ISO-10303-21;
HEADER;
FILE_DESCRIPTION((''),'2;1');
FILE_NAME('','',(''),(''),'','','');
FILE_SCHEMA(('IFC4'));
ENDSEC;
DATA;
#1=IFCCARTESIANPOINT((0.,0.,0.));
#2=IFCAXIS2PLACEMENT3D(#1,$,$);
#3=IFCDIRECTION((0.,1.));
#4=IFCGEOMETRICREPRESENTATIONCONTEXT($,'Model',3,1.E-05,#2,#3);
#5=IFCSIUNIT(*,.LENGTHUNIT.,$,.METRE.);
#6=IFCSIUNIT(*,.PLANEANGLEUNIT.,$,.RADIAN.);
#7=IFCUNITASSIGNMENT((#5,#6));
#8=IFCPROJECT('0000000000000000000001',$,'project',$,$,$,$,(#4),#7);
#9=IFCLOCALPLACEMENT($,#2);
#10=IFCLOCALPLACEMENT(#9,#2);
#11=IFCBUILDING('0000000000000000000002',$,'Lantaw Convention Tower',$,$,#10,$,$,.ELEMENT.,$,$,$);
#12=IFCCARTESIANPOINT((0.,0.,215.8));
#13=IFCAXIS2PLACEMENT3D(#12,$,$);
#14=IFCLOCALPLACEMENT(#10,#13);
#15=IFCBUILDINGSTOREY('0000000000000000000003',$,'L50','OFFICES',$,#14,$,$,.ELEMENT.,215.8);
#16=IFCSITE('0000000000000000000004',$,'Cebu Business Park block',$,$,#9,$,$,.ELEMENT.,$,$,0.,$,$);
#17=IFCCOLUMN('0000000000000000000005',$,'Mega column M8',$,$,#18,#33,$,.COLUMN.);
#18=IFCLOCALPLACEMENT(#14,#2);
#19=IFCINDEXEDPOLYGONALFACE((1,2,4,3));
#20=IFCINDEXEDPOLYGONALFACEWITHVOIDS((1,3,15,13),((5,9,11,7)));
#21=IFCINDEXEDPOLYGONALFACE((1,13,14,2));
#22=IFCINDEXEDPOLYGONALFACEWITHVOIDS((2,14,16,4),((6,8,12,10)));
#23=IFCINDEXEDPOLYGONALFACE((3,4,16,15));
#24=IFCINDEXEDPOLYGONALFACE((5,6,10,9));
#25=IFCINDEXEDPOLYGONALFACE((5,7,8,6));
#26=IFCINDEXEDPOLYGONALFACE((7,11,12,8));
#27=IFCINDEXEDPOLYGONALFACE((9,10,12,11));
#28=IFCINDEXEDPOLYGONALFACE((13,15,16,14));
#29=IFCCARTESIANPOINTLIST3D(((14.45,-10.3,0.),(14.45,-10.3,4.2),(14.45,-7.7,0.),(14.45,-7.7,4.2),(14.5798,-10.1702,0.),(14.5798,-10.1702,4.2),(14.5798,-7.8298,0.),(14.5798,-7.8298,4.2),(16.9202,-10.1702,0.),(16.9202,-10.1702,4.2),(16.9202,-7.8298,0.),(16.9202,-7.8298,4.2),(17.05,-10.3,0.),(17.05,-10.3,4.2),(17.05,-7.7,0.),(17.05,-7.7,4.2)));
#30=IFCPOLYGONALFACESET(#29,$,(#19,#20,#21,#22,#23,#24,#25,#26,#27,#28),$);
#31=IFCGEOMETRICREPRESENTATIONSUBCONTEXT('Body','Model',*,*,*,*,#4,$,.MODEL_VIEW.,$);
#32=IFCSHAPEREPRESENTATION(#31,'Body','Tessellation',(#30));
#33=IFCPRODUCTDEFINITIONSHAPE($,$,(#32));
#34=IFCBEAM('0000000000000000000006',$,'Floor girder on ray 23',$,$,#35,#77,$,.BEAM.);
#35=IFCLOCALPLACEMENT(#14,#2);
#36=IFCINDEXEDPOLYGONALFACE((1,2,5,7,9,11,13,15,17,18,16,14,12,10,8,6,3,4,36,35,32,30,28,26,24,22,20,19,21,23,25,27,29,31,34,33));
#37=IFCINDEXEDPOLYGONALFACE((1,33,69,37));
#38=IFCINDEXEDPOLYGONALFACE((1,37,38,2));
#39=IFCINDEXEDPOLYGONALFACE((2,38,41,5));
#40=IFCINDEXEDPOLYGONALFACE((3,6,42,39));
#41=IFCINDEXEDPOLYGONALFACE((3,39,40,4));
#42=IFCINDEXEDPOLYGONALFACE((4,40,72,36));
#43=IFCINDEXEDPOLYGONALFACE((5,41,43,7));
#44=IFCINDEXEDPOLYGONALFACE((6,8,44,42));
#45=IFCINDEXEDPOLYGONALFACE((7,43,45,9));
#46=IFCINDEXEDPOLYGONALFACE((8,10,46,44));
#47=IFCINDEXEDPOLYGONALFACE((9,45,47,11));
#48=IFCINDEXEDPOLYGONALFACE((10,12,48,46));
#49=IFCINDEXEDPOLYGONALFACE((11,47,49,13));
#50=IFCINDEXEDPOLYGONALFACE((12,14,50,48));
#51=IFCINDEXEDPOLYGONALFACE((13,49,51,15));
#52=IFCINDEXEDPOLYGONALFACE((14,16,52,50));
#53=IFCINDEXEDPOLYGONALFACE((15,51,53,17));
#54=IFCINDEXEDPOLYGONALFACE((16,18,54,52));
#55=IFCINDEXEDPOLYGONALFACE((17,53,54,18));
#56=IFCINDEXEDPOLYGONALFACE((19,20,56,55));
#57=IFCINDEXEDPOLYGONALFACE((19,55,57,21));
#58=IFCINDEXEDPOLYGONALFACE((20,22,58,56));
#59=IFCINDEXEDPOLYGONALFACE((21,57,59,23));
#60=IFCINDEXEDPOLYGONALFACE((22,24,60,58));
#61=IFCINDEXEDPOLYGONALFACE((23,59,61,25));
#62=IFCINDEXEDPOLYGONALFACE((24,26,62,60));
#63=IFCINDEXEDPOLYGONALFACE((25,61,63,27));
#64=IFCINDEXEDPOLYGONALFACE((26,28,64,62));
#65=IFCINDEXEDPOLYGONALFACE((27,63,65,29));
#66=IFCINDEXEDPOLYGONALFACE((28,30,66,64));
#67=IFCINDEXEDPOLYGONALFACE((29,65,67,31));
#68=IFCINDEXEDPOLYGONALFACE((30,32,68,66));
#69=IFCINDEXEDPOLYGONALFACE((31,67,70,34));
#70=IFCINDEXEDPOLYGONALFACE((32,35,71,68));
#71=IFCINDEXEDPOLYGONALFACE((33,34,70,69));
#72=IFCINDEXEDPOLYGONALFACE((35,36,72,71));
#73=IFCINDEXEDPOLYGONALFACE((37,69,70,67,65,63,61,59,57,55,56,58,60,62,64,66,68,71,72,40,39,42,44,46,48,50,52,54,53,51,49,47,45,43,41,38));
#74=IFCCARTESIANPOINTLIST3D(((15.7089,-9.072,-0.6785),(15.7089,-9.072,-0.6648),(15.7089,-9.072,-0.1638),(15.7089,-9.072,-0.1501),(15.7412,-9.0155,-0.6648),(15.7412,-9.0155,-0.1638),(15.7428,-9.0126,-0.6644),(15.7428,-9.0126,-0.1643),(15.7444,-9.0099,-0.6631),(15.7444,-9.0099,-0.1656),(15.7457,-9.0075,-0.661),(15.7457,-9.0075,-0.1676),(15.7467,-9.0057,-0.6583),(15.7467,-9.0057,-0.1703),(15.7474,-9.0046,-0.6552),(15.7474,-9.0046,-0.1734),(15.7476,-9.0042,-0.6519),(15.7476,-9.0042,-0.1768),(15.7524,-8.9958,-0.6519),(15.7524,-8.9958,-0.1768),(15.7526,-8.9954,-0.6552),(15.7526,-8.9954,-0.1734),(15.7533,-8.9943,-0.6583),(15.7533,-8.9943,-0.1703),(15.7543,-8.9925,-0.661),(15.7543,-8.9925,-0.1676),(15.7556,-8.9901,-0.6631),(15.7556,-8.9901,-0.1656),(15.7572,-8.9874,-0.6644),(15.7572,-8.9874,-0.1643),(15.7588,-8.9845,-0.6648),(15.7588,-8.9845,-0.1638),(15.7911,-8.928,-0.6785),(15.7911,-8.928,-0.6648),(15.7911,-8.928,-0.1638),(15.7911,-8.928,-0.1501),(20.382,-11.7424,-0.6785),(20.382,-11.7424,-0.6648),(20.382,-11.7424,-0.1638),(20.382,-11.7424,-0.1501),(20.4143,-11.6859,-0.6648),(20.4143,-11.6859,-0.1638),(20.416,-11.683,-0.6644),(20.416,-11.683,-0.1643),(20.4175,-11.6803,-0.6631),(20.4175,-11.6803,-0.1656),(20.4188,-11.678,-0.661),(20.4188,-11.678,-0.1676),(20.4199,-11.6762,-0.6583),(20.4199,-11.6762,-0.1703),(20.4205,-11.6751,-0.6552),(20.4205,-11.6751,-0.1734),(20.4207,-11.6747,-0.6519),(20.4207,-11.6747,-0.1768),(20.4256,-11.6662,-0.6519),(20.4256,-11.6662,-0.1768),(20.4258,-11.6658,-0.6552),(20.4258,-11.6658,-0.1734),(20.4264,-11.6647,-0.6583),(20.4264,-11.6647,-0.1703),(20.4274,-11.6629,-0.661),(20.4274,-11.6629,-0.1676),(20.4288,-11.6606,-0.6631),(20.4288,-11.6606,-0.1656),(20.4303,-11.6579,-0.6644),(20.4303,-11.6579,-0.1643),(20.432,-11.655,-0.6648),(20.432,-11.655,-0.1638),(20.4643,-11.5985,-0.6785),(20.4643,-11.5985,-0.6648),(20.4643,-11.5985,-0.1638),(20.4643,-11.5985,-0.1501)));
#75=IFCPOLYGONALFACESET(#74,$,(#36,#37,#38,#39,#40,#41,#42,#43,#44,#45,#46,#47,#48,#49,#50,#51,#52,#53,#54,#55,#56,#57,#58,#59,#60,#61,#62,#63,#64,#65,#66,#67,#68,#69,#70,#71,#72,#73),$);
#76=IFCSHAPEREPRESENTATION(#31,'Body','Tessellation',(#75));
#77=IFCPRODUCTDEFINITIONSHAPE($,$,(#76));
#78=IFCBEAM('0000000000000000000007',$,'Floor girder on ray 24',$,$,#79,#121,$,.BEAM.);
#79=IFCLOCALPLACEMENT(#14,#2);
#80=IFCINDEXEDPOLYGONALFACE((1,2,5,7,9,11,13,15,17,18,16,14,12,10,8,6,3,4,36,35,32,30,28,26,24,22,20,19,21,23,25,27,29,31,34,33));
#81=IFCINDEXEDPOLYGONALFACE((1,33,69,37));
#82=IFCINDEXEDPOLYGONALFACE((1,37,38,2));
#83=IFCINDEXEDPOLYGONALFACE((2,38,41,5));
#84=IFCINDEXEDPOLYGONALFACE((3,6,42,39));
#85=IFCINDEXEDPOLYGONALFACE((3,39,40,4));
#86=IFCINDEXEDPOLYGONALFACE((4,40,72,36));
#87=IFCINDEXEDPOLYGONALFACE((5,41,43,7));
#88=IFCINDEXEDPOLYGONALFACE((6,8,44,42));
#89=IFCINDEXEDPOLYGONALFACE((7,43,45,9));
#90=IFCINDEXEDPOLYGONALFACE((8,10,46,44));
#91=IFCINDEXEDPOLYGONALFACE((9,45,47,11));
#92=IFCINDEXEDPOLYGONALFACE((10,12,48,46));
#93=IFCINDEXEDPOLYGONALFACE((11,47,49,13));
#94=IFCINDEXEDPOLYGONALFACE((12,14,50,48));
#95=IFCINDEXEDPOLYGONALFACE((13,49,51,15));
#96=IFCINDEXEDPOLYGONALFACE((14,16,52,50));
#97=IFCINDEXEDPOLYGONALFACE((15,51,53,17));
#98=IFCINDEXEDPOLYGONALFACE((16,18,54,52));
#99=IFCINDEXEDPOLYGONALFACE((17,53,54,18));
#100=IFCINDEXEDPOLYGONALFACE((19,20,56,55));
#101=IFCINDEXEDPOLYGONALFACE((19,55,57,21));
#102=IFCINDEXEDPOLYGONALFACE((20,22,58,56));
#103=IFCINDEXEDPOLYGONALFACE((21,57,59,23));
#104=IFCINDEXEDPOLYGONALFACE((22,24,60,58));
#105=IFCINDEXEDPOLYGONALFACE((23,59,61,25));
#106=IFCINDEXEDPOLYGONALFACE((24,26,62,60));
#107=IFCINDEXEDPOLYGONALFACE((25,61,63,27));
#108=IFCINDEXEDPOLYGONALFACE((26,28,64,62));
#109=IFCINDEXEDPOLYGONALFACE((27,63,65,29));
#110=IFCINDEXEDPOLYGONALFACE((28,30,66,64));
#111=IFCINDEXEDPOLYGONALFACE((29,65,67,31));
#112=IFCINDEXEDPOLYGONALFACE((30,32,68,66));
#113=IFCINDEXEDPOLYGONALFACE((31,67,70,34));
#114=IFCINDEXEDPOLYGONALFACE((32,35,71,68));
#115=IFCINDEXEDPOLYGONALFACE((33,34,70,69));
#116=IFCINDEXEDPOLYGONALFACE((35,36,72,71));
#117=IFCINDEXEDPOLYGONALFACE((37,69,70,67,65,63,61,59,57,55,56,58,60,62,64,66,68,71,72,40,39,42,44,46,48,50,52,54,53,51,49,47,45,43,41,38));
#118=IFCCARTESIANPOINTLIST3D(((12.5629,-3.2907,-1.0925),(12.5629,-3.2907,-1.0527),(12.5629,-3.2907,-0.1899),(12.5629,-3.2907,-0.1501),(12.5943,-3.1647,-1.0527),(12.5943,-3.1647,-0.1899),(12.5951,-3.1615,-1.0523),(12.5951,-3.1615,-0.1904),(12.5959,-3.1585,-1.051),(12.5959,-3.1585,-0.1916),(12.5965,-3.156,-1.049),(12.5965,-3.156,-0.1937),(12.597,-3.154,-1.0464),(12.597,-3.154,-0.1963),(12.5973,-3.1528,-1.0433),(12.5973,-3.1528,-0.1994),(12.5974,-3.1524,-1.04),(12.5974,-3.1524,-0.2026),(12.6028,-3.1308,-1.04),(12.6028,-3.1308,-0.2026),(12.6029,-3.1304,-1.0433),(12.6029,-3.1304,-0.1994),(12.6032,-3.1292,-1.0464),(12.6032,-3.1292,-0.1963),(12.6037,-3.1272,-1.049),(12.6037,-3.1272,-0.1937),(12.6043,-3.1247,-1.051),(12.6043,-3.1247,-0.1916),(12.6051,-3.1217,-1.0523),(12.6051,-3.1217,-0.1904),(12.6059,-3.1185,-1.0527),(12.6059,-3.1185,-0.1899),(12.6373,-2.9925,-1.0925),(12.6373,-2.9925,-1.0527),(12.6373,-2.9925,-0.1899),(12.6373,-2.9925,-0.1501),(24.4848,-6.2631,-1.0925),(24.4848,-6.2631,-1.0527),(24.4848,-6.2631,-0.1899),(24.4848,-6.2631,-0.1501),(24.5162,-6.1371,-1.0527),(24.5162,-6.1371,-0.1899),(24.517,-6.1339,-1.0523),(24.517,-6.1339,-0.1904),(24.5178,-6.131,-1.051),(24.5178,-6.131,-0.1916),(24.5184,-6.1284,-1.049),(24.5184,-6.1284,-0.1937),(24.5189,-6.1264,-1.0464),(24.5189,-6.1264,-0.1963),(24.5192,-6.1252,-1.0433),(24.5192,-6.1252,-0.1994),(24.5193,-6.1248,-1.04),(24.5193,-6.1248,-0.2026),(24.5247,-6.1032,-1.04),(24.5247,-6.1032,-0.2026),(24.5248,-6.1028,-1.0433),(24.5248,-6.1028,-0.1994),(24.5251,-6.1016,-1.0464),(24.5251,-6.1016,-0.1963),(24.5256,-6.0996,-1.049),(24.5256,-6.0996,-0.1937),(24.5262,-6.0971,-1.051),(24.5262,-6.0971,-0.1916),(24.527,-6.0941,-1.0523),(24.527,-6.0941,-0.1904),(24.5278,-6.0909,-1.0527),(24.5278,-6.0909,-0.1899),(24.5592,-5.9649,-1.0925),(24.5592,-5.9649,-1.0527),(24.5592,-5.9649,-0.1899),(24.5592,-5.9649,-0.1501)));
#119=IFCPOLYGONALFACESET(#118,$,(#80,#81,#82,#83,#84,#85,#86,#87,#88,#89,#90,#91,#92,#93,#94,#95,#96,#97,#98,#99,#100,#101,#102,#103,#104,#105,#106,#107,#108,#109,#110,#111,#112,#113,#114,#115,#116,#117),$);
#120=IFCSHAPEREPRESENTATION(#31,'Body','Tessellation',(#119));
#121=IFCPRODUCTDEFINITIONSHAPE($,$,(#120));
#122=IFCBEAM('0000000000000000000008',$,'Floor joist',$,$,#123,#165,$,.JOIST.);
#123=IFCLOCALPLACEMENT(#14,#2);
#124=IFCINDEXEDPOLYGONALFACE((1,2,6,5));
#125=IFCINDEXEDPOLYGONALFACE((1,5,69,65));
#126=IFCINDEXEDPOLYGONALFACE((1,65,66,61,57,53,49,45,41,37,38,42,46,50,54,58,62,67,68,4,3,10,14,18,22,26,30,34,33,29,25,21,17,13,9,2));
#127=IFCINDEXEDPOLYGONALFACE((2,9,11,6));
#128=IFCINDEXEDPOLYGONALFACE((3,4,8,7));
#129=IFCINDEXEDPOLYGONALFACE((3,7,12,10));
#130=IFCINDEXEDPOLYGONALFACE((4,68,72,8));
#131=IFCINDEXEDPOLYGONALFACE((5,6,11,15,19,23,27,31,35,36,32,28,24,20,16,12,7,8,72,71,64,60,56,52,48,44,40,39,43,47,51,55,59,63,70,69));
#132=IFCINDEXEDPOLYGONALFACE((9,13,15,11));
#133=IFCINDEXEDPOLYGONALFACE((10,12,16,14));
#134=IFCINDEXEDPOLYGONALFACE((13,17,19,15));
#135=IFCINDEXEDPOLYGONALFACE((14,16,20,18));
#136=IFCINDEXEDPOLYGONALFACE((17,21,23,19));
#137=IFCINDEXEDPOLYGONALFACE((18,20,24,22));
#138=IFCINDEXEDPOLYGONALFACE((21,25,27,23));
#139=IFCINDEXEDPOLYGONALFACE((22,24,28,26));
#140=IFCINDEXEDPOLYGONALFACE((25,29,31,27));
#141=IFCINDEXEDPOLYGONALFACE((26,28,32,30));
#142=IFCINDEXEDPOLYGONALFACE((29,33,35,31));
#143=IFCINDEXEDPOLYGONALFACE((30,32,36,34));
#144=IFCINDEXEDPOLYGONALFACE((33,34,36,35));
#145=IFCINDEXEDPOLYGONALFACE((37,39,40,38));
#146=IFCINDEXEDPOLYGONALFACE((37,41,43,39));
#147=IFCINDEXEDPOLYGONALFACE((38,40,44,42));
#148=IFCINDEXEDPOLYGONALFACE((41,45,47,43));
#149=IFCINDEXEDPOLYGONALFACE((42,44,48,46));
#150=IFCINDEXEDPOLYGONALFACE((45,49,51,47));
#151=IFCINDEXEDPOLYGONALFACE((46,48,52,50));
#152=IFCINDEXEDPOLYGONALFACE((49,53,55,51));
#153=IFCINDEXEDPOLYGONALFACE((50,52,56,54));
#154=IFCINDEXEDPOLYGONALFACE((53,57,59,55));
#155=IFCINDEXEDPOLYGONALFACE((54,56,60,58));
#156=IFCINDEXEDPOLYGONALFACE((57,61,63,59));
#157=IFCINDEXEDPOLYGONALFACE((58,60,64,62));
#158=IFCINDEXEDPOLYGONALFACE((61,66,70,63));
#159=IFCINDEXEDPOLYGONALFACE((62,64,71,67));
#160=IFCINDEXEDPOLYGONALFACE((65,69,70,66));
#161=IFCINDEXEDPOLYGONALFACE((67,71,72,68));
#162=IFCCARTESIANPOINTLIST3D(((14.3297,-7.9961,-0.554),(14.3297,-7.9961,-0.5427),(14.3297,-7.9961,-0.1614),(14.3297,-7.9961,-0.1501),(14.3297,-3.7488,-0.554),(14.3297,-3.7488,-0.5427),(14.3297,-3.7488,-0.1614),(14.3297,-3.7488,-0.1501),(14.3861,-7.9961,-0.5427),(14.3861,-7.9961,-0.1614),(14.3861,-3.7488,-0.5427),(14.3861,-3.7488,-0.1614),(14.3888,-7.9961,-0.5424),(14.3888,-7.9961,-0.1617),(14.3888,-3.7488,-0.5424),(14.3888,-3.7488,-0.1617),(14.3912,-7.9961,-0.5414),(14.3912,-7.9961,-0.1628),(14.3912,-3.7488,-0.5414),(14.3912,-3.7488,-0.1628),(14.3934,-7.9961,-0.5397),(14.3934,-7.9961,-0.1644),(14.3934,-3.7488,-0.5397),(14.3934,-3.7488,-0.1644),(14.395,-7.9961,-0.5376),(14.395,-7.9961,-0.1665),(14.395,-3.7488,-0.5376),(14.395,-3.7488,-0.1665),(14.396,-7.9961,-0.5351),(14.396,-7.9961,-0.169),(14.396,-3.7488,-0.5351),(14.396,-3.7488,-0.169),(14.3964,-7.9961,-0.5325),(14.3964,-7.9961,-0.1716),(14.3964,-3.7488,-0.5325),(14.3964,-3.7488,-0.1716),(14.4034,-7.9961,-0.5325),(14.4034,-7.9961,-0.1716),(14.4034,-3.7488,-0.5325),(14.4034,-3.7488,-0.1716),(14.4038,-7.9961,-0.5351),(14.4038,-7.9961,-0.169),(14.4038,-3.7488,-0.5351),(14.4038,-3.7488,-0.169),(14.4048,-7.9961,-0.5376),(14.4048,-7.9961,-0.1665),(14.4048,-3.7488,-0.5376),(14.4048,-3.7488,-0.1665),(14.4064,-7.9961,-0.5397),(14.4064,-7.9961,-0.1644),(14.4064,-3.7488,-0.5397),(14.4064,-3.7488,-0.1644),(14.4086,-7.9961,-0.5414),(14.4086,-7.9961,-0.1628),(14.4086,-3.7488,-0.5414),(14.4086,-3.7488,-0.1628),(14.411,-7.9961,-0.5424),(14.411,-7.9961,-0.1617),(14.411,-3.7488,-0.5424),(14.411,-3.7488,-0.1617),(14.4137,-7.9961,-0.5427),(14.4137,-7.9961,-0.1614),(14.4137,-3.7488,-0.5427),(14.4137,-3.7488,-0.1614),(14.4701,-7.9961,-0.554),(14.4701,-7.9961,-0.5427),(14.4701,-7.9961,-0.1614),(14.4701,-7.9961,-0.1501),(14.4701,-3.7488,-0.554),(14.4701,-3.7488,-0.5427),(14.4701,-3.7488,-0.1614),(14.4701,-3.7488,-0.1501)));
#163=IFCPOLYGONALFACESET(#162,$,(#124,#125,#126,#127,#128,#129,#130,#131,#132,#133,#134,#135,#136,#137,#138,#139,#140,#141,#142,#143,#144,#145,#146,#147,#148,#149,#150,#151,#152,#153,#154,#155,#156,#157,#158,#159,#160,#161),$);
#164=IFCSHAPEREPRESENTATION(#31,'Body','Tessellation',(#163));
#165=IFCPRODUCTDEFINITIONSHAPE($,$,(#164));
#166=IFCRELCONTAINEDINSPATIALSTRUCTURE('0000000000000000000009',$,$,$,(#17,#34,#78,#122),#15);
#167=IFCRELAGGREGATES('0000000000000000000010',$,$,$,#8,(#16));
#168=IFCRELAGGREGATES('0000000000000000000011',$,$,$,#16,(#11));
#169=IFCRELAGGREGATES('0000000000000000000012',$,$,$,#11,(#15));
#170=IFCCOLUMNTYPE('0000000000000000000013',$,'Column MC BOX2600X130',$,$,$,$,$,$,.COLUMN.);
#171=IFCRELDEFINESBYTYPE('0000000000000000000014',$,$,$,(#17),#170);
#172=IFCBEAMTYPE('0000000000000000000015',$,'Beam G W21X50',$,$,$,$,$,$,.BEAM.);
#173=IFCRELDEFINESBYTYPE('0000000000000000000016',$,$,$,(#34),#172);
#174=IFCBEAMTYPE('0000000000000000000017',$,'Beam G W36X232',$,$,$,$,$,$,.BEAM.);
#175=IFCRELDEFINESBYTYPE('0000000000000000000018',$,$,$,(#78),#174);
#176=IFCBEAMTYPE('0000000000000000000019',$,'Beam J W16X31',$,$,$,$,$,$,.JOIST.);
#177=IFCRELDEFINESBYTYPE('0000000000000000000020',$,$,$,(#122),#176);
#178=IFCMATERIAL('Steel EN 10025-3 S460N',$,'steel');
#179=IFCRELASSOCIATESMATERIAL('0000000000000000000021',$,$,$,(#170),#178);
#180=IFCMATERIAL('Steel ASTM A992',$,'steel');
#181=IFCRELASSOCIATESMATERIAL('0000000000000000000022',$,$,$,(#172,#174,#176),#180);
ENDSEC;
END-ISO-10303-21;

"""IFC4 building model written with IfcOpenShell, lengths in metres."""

from ifc_helpers import new_model, si_unit, direction, frame, origin, origin_2d, place, context, subcontext, project, spatial, rectangle, hollow_rectangle, i_section, extrude, material, material_profile, profile_set, type_object, element, save


model = new_model("IFC4")

# Units and contexts
model_context = context("Model", 3, precision=1e-05, world=origin(), true_north=direction((0.0, 1.0)))
body_context = subcontext(model_context, "Body", "Model", "MODEL_VIEW")
ifc_project = project(units=[si_unit("LENGTHUNIT", "METRE"), si_unit("PLANEANGLEUNIT", "RADIAN")], contexts=[model_context])

# Site, building, storey
site_placement = place(None, origin())
site = spatial("IfcSite", under=ifc_project, at=site_placement, Name="Cebu Business Park block", CompositionType="ELEMENT", RefElevation=0.0)
building_placement = place(site_placement, origin())
building = spatial("IfcBuilding", under=site, at=building_placement, Name="Lantaw Convention Tower", CompositionType="ELEMENT")
storey_placement = place(building_placement, frame((0.0, 0.0, 215.8)))
storey = spatial("IfcBuildingStorey", under=building, at=storey_placement, Name="L50", Description="OFFICES", CompositionType="ELEMENT", Elevation=215.8)

# Column
ifc_material_1 = material(Name="Steel EN 10025-3 S460N", Category="steel")
ifc_material_profile_1 = material_profile(ifc_material_1, hollow_rectangle(XDim=2.6001, YDim=2.6001, WallThickness=0.1299, at=origin_2d()), Name="BOX2600X130")
ifc_material_2 = material(Name="Concrete C60/75", Category="concrete")
ifc_material_profile_2 = material_profile(ifc_material_2, rectangle(XDim=2.3401, YDim=2.3401, at=origin_2d()), Name="Concrete fill of BOX2600X130")
ifc_profile_set_1 = profile_set([ifc_material_profile_1, ifc_material_profile_2], Name="Steel EN 10025-3 S460N")
column_type = type_object("IfcColumnType", Name="Column MC BOX2600X130", PredefinedType="COLUMN", material=ifc_profile_set_1)
column_placement = place(storey_placement, frame((15.75, -9.0, 0.0), z_axis=(0.0, 0.0, 1.0), x_axis=(1.0, 0.0, 0.0)))
element("IfcColumn", 1, at=column_placement, inside=storey, type_object=column_type, Name="Mega column M8", PredefinedType="COLUMN", context=body_context, shape_type="SweptSolid", body=[
    extrude(hollow_rectangle(XDim=2.6001, YDim=2.6001, WallThickness=0.1299, at=origin_2d()), origin(), (0.0, 0.0, 1.0), 4.2),
])

# Beams
ifc_material_3 = material(Name="Steel ASTM A992", Category="steel")
ifc_material_profile_3 = material_profile(ifc_material_3, i_section(OverallWidth=0.1658, OverallDepth=0.5283, WebThickness=0.0098, FlangeThickness=0.0137, FilletRadius=0.0129, at=origin_2d()), Name="W21X50")
ifc_profile_set_2 = profile_set([ifc_material_profile_3], Name="Steel ASTM A992")
beam_type_1 = type_object("IfcBeamType", Name="Beam G W21X50", PredefinedType="BEAM", material=ifc_profile_set_2)
beam_1_placement = place(storey_placement, frame((15.75, -9.0, -0.4143), z_axis=(0.868238, -0.496149, 0.0), x_axis=(0.496149, 0.868238, 0.0)))
element("IfcBeam", 2, at=beam_1_placement, inside=storey, type_object=beam_type_1, Name="Floor girder on ray 23", PredefinedType="BEAM", context=body_context, shape_type="SweptSolid", body=[
    extrude(i_section(OverallWidth=0.1658, OverallDepth=0.5283, WebThickness=0.0098, FlangeThickness=0.0137, FilletRadius=0.0129, at=origin_2d()), origin(), (0.0, 0.0, 1.0), 5.3823),
])
ifc_material_profile_4 = material_profile(ifc_material_3, i_section(OverallWidth=0.3074, OverallDepth=0.9424, WebThickness=0.0222, FlangeThickness=0.0398, FilletRadius=0.0127, at=origin_2d()), Name="W36X232")
ifc_profile_set_3 = profile_set([ifc_material_profile_4], Name="Steel ASTM A992")
beam_type_2 = type_object("IfcBeamType", Name="Beam G W36X232", PredefinedType="BEAM", material=ifc_profile_set_3)
beam_2_placement = place(storey_placement, frame((12.6001, -3.1416, -0.6213), z_axis=(0.970297, -0.241918, 0.0), x_axis=(0.241918, 0.970297, 0.0)))
element("IfcBeam", 3, at=beam_2_placement, inside=storey, type_object=beam_type_2, Name="Floor girder on ray 24", PredefinedType="BEAM", context=body_context, shape_type="SweptSolid", body=[
    extrude(i_section(OverallWidth=0.3074, OverallDepth=0.9424, WebThickness=0.0222, FlangeThickness=0.0398, FilletRadius=0.0127, at=origin_2d()), origin(), (0.0, 0.0, 1.0), 12.2869),
])
ifc_material_profile_5 = material_profile(ifc_material_3, i_section(OverallWidth=0.1404, OverallDepth=0.4038, WebThickness=0.0071, FlangeThickness=0.0112, FilletRadius=0.0103, at=origin_2d()), Name="W16X31")
ifc_profile_set_4 = profile_set([ifc_material_profile_5], Name="Steel ASTM A992")
beam_type_3 = type_object("IfcBeamType", Name="Beam J W16X31", PredefinedType="JOIST", material=ifc_profile_set_4)
beam_3_placement = place(storey_placement, frame((14.3999, -7.9961, -0.3521), z_axis=(0.0, 1.0, 0.0), x_axis=(-1.0, 0.0, 0.0)))
element("IfcBeam", 4, at=beam_3_placement, inside=storey, type_object=beam_type_3, Name="Floor joist", PredefinedType="JOIST", context=body_context, shape_type="SweptSolid", body=[
    extrude(i_section(OverallWidth=0.1404, OverallDepth=0.4038, WebThickness=0.0071, FlangeThickness=0.0112, FilletRadius=0.0103, at=origin_2d()), origin(), (0.0, 0.0, 1.0), 4.2473),
])

save(model, "model.ifc")
